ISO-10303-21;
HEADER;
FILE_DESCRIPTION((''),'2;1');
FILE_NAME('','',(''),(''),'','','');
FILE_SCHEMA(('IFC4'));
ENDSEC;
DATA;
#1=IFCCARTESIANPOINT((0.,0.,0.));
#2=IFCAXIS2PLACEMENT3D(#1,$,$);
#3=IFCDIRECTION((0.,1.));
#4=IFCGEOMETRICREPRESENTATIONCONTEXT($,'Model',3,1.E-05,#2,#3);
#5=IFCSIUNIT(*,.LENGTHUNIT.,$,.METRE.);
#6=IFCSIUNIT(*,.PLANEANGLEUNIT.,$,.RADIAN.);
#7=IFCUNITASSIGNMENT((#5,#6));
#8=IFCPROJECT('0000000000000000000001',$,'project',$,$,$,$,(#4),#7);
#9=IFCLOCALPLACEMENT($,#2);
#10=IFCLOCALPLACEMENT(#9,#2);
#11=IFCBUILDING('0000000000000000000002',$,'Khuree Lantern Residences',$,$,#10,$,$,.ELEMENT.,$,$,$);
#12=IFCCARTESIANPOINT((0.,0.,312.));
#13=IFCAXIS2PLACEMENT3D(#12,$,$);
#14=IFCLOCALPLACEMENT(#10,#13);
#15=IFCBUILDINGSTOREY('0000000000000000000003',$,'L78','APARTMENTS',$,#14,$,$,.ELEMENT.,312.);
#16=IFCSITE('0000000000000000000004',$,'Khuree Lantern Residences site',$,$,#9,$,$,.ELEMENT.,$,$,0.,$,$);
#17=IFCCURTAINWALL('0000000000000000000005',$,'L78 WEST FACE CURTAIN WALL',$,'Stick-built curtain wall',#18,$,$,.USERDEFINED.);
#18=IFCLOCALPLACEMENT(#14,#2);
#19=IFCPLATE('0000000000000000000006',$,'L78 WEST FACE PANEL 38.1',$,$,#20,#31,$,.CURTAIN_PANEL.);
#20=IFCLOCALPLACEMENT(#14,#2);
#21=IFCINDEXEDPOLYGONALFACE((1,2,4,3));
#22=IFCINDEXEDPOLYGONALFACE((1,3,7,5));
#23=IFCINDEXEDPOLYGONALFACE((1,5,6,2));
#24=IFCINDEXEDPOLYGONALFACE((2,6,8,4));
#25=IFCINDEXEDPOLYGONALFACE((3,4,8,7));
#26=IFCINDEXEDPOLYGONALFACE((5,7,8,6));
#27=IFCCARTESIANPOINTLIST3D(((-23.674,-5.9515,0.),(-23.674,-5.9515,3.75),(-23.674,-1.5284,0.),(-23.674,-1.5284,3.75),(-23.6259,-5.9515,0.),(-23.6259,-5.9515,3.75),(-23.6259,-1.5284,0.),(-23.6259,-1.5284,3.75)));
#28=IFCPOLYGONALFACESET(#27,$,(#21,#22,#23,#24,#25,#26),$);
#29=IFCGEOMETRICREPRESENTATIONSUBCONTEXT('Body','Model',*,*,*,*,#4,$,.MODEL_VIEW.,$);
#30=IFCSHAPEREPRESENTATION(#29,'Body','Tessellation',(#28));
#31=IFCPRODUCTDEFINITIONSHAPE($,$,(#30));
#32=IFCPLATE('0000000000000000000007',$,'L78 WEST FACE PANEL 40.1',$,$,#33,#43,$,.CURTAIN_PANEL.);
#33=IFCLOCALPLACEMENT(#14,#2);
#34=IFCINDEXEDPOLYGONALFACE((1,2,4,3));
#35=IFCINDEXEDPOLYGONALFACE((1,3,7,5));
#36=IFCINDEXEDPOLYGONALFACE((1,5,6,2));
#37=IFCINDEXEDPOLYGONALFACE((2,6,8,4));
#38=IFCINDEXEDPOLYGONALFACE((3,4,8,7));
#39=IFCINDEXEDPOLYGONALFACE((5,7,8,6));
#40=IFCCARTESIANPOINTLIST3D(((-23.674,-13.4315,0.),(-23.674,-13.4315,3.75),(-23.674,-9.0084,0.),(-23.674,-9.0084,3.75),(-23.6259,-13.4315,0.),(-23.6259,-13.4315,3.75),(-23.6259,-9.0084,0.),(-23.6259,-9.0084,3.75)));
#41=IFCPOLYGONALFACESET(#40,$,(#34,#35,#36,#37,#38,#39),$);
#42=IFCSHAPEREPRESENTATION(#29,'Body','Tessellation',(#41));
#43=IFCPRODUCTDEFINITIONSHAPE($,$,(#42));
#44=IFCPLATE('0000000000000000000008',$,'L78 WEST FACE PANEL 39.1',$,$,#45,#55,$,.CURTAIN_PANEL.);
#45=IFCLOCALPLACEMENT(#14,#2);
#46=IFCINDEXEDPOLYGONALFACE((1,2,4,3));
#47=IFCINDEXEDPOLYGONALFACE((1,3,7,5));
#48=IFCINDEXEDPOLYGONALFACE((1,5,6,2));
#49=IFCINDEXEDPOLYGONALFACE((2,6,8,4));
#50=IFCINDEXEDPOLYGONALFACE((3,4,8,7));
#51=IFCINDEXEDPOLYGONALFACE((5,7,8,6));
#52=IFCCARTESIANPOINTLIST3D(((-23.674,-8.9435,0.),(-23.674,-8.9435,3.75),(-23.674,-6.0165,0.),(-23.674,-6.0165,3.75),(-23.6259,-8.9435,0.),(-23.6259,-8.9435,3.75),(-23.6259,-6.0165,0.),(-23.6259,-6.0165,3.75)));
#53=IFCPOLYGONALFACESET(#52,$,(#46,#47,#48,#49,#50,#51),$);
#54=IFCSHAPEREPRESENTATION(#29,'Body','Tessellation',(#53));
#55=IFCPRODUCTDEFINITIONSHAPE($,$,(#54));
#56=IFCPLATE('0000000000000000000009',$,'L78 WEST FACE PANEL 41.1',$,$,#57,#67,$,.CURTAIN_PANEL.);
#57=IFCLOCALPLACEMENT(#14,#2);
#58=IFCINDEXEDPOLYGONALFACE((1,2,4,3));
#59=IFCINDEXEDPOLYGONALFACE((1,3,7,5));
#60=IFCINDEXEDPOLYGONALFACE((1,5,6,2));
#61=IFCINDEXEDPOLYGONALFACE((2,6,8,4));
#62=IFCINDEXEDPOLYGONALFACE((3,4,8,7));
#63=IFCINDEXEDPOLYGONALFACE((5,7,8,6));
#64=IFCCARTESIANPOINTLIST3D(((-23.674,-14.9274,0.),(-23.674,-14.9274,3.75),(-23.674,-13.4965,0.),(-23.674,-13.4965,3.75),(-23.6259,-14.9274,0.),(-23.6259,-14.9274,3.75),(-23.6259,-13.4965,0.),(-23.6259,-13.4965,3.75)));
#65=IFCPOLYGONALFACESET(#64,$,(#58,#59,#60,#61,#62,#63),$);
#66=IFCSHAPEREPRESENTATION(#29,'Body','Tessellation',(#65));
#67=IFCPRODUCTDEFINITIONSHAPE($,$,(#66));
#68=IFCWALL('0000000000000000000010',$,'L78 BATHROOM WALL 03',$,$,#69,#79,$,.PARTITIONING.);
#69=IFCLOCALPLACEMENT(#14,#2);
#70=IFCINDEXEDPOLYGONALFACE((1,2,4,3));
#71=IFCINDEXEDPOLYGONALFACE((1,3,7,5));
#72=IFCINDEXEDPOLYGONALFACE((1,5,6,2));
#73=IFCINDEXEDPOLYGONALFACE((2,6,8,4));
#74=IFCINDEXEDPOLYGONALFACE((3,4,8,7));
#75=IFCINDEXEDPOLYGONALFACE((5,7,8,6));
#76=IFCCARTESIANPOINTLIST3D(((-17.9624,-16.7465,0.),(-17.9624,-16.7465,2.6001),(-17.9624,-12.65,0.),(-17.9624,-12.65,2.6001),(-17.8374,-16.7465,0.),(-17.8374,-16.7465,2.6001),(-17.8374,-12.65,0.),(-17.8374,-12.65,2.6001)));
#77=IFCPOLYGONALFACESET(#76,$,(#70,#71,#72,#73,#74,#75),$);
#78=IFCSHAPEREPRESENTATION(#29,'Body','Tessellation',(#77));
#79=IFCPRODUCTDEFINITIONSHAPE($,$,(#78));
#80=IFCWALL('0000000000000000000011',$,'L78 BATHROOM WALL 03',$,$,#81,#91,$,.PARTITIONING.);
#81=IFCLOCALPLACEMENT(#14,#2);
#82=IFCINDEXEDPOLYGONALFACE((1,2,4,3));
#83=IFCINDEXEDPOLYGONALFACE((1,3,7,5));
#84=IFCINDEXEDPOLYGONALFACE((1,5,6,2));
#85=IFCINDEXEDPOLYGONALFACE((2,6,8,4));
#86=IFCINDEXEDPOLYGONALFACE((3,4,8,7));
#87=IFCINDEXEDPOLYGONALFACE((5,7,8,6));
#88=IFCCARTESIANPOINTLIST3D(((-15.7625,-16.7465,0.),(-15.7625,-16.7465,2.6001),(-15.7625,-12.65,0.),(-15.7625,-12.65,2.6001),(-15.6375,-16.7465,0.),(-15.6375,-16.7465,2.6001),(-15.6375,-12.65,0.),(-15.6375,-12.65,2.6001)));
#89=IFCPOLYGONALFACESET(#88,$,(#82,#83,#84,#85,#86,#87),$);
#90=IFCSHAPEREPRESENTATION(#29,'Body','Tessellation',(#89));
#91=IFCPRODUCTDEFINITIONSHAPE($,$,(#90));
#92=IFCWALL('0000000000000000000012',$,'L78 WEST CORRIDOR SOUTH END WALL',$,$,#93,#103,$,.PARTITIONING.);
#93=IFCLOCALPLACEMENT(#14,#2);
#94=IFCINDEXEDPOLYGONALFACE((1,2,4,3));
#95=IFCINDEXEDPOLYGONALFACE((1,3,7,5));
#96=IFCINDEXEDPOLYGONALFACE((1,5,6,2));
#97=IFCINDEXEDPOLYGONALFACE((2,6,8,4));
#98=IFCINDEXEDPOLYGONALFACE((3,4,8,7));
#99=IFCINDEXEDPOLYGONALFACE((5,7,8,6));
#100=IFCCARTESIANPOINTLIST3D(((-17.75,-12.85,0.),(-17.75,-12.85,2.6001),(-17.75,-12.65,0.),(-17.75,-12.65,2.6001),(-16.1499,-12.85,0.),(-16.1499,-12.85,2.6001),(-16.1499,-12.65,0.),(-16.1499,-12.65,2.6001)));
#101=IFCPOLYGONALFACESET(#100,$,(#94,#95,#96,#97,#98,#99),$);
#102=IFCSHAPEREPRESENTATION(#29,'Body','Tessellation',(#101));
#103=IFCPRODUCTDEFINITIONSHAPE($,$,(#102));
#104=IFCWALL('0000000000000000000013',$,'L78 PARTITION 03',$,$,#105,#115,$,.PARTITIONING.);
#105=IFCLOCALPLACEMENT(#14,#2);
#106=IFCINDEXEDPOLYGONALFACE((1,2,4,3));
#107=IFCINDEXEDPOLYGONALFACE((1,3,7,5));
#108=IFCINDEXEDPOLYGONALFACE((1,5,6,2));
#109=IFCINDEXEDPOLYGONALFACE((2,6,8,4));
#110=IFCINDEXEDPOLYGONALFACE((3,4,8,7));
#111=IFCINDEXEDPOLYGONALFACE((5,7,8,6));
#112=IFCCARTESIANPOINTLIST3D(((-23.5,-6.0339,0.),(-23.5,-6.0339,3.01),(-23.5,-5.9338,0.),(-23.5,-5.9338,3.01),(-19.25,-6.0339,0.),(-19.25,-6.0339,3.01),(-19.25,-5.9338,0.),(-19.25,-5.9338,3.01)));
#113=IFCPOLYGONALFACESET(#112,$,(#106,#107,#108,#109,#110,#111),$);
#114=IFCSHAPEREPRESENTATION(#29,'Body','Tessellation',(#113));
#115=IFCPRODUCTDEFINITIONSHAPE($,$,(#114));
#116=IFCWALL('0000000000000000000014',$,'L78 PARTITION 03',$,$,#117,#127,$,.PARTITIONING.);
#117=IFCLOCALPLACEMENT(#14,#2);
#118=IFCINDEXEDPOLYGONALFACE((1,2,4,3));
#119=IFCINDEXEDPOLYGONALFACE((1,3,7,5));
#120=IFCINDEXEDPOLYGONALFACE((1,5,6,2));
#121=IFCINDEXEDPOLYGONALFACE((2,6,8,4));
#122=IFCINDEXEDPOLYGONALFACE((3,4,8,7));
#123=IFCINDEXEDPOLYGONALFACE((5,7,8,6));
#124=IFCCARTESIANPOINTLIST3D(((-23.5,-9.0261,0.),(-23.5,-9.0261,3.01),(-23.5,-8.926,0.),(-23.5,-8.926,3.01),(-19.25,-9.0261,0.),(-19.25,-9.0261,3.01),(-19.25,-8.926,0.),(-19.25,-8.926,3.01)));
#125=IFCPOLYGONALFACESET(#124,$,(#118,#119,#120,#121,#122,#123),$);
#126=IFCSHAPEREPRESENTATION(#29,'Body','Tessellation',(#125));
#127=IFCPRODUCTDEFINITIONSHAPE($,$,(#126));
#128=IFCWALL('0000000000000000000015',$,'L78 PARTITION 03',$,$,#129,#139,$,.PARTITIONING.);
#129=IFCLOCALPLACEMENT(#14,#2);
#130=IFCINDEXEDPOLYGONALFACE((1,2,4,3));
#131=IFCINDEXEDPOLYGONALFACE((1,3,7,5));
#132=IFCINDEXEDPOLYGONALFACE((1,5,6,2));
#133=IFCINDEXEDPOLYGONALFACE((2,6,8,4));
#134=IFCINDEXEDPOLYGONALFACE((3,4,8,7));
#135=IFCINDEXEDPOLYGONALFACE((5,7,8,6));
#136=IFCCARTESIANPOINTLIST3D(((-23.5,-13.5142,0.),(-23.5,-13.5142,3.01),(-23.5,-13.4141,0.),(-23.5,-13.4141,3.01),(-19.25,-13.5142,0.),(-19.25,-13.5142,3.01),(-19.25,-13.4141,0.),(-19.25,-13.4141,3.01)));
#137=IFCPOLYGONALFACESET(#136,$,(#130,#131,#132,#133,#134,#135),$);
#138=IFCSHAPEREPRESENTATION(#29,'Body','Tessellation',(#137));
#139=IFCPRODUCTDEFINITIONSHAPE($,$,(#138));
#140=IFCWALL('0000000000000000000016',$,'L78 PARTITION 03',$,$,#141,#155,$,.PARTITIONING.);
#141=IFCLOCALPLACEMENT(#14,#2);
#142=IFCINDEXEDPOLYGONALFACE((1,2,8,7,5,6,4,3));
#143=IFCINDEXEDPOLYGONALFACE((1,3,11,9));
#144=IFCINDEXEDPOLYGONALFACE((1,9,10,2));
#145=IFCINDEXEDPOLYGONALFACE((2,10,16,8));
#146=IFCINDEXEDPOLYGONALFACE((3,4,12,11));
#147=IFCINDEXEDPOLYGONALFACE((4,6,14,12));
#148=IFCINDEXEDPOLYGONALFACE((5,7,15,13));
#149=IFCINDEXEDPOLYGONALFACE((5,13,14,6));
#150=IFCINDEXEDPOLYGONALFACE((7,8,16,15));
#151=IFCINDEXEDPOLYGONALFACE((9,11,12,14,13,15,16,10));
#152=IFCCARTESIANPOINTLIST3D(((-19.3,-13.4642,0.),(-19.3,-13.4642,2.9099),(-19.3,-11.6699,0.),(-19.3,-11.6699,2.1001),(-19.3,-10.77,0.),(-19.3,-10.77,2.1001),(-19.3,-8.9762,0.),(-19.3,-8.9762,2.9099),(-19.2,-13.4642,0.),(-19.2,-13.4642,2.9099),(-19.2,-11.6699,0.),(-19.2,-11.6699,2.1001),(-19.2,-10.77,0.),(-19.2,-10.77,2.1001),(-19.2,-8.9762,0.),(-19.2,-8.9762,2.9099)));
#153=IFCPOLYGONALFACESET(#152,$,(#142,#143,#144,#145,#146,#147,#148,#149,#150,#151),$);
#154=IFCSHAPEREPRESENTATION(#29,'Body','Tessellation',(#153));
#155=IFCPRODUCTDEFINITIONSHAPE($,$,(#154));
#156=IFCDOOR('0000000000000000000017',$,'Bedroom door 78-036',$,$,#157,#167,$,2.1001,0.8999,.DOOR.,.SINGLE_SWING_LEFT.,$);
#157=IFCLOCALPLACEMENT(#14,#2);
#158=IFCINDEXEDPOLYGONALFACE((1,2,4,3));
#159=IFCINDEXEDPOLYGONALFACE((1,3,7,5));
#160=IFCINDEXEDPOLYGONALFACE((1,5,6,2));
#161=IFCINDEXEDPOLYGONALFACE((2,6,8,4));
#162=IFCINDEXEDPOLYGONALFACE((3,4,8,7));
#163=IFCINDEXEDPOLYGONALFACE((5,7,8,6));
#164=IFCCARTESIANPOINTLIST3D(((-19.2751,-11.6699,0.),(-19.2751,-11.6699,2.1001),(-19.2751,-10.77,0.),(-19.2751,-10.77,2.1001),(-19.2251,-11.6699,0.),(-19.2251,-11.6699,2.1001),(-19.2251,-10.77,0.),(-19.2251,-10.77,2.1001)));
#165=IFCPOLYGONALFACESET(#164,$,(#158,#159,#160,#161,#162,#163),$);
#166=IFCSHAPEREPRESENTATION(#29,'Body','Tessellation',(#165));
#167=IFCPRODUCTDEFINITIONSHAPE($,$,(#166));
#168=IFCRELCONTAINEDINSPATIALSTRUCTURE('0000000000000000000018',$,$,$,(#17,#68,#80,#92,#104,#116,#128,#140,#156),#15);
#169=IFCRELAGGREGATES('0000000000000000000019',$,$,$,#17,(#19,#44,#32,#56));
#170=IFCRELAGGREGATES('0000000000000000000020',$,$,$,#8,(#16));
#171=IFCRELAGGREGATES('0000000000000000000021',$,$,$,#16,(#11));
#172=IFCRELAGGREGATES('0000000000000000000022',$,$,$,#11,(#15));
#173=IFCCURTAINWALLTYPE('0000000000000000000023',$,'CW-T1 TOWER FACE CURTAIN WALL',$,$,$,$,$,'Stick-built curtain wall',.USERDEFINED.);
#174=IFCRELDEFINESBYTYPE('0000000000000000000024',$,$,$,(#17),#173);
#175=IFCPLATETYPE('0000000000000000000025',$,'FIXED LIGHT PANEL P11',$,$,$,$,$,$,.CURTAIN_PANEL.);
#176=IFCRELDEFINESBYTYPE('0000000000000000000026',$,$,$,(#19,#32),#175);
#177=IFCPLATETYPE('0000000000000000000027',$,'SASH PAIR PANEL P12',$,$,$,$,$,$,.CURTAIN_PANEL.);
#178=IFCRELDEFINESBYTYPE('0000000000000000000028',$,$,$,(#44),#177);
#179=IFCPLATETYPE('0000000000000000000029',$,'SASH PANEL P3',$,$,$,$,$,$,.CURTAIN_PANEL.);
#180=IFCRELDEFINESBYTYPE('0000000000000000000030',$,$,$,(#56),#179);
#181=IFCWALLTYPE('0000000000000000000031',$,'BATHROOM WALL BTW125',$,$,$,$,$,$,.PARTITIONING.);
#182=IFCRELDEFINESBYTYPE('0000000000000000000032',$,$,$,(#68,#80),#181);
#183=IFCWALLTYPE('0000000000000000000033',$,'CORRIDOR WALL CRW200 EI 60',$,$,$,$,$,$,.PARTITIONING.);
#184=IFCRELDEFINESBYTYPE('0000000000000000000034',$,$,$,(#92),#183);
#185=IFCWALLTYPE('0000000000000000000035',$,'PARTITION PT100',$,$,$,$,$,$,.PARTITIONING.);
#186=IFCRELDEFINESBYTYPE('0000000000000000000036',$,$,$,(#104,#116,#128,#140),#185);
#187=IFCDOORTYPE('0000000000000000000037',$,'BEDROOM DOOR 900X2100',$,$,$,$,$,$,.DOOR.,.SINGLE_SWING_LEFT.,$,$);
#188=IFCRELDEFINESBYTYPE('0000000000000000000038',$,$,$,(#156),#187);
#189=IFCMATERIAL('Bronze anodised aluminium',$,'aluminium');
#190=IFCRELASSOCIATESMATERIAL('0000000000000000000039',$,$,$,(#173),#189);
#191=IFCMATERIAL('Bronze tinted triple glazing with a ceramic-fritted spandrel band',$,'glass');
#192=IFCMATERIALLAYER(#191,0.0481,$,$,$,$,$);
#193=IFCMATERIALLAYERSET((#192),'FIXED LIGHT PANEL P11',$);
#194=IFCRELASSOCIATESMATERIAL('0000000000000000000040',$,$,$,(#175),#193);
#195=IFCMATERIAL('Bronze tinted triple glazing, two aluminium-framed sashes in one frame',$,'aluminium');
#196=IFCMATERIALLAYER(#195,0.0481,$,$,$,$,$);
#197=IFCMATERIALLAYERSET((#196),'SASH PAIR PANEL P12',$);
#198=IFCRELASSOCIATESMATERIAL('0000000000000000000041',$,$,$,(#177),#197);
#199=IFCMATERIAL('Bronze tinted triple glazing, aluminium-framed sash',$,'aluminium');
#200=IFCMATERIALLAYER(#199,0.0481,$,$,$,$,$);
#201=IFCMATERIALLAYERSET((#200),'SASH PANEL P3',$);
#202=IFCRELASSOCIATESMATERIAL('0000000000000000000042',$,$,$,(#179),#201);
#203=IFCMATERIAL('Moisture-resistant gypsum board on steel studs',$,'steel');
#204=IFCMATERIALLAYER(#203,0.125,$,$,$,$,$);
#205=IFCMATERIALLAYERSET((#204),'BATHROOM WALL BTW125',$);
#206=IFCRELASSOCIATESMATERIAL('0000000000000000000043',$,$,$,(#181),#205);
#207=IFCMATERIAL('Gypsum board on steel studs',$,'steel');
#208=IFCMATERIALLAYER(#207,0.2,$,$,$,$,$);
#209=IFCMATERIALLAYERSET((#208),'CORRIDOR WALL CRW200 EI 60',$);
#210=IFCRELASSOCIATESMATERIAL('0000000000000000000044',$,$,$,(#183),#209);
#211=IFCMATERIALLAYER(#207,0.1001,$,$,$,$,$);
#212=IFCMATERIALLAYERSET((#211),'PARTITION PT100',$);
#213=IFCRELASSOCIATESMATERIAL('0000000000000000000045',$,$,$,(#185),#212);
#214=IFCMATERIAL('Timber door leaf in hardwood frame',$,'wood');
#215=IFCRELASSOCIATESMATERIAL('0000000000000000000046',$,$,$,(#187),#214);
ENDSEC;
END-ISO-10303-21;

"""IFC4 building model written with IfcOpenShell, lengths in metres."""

from ifc_helpers import new_model, si_unit, direction, frame, frame_2d, origin, origin_2d, place, context, subcontext, project, spatial, rectangle, extrude, material, layer, layer_set, type_object, element, fill, aggregate, save


model = new_model("IFC4")

# Units and contexts
model_context = context("Model", 3, precision=1e-05, world=origin(), true_north=direction((0.0, 1.0)))
body_context = subcontext(model_context, "Body", "Model", "MODEL_VIEW")
ifc_project = project(units=[si_unit("LENGTHUNIT", "METRE"), si_unit("PLANEANGLEUNIT", "RADIAN")], contexts=[model_context])

# Site, building, storey
site_placement = place(None, origin())
site = spatial("IfcSite", under=ifc_project, at=site_placement, Name="Khuree Lantern Residences site", CompositionType="ELEMENT", RefElevation=0.0)
building_placement = place(site_placement, origin())
building = spatial("IfcBuilding", under=site, at=building_placement, Name="Khuree Lantern Residences", CompositionType="ELEMENT")
storey_placement = place(building_placement, frame((0.0, 0.0, 312.0)))
storey = spatial("IfcBuildingStorey", under=building, at=storey_placement, Name="L78", Description="APARTMENTS", CompositionType="ELEMENT", Elevation=312.0)

# Curtain wall
ifc_material_1 = material(Name="Bronze anodised aluminium", Category="aluminium")
curtain_wall_type = type_object("IfcCurtainWallType", Name="CW-T1 TOWER FACE CURTAIN WALL", ElementType="Stick-built curtain wall", PredefinedType="USERDEFINED", material=ifc_material_1)
curtain_wall_placement = place(storey_placement, origin())
curtain_wall = element("IfcCurtainWall", 1, at=curtain_wall_placement, inside=storey, type_object=curtain_wall_type, Name="L78 WEST FACE CURTAIN WALL", ObjectType="Stick-built curtain wall", PredefinedType="USERDEFINED")

# Plates
ifc_material_2 = material(Name="Bronze tinted triple glazing with a ceramic-fritted spandrel band", Category="glass")
ifc_layer_1 = layer(ifc_material_2, 0.0481)
ifc_layer_set_1 = layer_set([ifc_layer_1], Name="FIXED LIGHT PANEL P11")
plate_type_1 = type_object("IfcPlateType", Name="FIXED LIGHT PANEL P11", PredefinedType="CURTAIN_PANEL", material=ifc_layer_set_1)
plate_1_placement = place(storey_placement, frame((-23.6499, -3.74, 0.0), z_axis=(0.0, 0.0, 1.0), x_axis=(0.0, -1.0, 0.0)))
plate_1 = element("IfcPlate", 2, at=plate_1_placement, type_object=plate_type_1, Name="L78 WEST FACE PANEL 38.1", PredefinedType="CURTAIN_PANEL", context=body_context, shape_type="SweptSolid", body=[
    extrude(rectangle(XDim=4.4231, YDim=0.0481, at=origin_2d()), origin(), (0.0, 0.0, 1.0), 3.75),
])
plate_2_placement = place(storey_placement, frame((-23.6499, -11.22, 0.0), z_axis=(0.0, 0.0, 1.0), x_axis=(0.0, -1.0, 0.0)))
plate_2 = element("IfcPlate", 3, at=plate_2_placement, type_object=plate_type_1, Name="L78 WEST FACE PANEL 40.1", PredefinedType="CURTAIN_PANEL", context=body_context, shape_type="SweptSolid", body=[
    extrude(rectangle(XDim=4.4231, YDim=0.0481, at=origin_2d()), origin(), (0.0, 0.0, 1.0), 3.75),
])
ifc_material_3 = material(Name="Bronze tinted triple glazing, two aluminium-framed sashes in one frame", Category="aluminium")
ifc_layer_2 = layer(ifc_material_3, 0.0481)
ifc_layer_set_2 = layer_set([ifc_layer_2], Name="SASH PAIR PANEL P12")
plate_type_2 = type_object("IfcPlateType", Name="SASH PAIR PANEL P12", PredefinedType="CURTAIN_PANEL", material=ifc_layer_set_2)
plate_3_placement = place(storey_placement, frame((-23.6499, -7.48, 0.0), z_axis=(0.0, 0.0, 1.0), x_axis=(0.0, -1.0, 0.0)))
plate_3 = element("IfcPlate", 4, at=plate_3_placement, type_object=plate_type_2, Name="L78 WEST FACE PANEL 39.1", PredefinedType="CURTAIN_PANEL", context=body_context, shape_type="SweptSolid", body=[
    extrude(rectangle(XDim=2.927, YDim=0.0481, at=origin_2d()), origin(), (0.0, 0.0, 1.0), 3.75),
])
ifc_material_4 = material(Name="Bronze tinted triple glazing, aluminium-framed sash", Category="aluminium")
ifc_layer_3 = layer(ifc_material_4, 0.0481)
ifc_layer_set_3 = layer_set([ifc_layer_3], Name="SASH PANEL P3")
plate_type_3 = type_object("IfcPlateType", Name="SASH PANEL P3", PredefinedType="CURTAIN_PANEL", material=ifc_layer_set_3)
plate_4_placement = place(storey_placement, frame((-23.6499, -14.2119, 0.0), z_axis=(0.0, 0.0, 1.0), x_axis=(0.0, -1.0, 0.0)))
plate_4 = element("IfcPlate", 5, at=plate_4_placement, type_object=plate_type_3, Name="L78 WEST FACE PANEL 41.1", PredefinedType="CURTAIN_PANEL", context=body_context, shape_type="SweptSolid", body=[
    extrude(rectangle(XDim=1.4309, YDim=0.0481, at=origin_2d()), origin(), (0.0, 0.0, 1.0), 3.75),
])
aggregate(curtain_wall, [plate_1, plate_3, plate_2, plate_4])

# Walls
ifc_material_5 = material(Name="Moisture-resistant gypsum board on steel studs", Category="steel")
ifc_layer_4 = layer(ifc_material_5, 0.125)
ifc_layer_set_4 = layer_set([ifc_layer_4], Name="BATHROOM WALL BTW125")
wall_type_1 = type_object("IfcWallType", Name="BATHROOM WALL BTW125", PredefinedType="PARTITIONING", material=ifc_layer_set_4)
for number, where, z_axis, x_axis, name in (
    (6, (-17.8999, -12.6499, 0.0), (0.0, 0.0, 1.0), (0.0, -1.0, 0.0), "L78 BATHROOM WALL 03"),
    (7, (-15.7, -12.6499, 0.0), (0.0, 0.0, 1.0), (0.0, -1.0, 0.0), "L78 BATHROOM WALL 03"),
):
    element("IfcWall", number, at=place(storey_placement, frame(where, z_axis=z_axis, x_axis=x_axis)), inside=storey, type_object=wall_type_1, Name=name, PredefinedType="PARTITIONING", context=body_context, shape_type="SweptSolid", body=[
        extrude(rectangle(XDim=4.0964, YDim=0.125, at=frame_2d((2.0483, 0.0))), origin(), (0.0, 0.0, 1.0), 2.6001),
    ])
ifc_material_6 = material(Name="Gypsum board on steel studs", Category="steel")
ifc_layer_5 = layer(ifc_material_6, 0.2)
ifc_layer_set_5 = layer_set([ifc_layer_5], Name="CORRIDOR WALL CRW200 EI 60")
wall_type_2 = type_object("IfcWallType", Name="CORRIDOR WALL CRW200 EI 60", PredefinedType="PARTITIONING", material=ifc_layer_set_5)
wall_1_placement = place(storey_placement, frame((-16.1499, -12.75, 0.0), z_axis=(0.0, 0.0, 1.0), x_axis=(-1.0, 0.0, 0.0)))
element("IfcWall", 8, at=wall_1_placement, inside=storey, type_object=wall_type_2, Name="L78 WEST CORRIDOR SOUTH END WALL", PredefinedType="PARTITIONING", context=body_context, shape_type="SweptSolid", body=[
    extrude(rectangle(XDim=1.6001, YDim=0.2, at=frame_2d((0.8, 0.0))), origin(), (0.0, 0.0, 1.0), 2.6001),
])
ifc_layer_6 = layer(ifc_material_6, 0.1001)
ifc_layer_set_6 = layer_set([ifc_layer_6], Name="PARTITION PT100")
wall_type_3 = type_object("IfcWallType", Name="PARTITION PT100", PredefinedType="PARTITIONING", material=ifc_layer_set_6)
for number, where, z_axis, x_axis, name in (
    (9, (-19.25, -5.9839, 0.0), (0.0, 0.0, 1.0), (-1.0, 0.0, 0.0), "L78 PARTITION 03"),
    (10, (-19.25, -8.9761, 0.0), (0.0, 0.0, 1.0), (-1.0, 0.0, 0.0), "L78 PARTITION 03"),
    (11, (-19.25, -13.4641, 0.0), (0.0, 0.0, 1.0), (-1.0, 0.0, 0.0), "L78 PARTITION 03"),
):
    element("IfcWall", number, at=place(storey_placement, frame(where, z_axis=z_axis, x_axis=x_axis)), inside=storey, type_object=wall_type_3, Name=name, PredefinedType="PARTITIONING", context=body_context, shape_type="SweptSolid", body=[
        extrude(rectangle(XDim=4.25, YDim=0.1001, at=frame_2d((2.125, 0.0))), origin(), (0.0, 0.0, 1.0), 3.01),
    ])

# Wall, opening, door
wall_2_placement = place(storey_placement, frame((-19.25, -8.9761, 0.0), z_axis=(0.0, 0.0, 1.0), x_axis=(0.0, -1.0, 0.0)))
wall_2 = element("IfcWall", 12, at=wall_2_placement, inside=storey, type_object=wall_type_3, Name="L78 PARTITION 03", PredefinedType="PARTITIONING", context=body_context, shape_type="SweptSolid", body=[
    extrude(rectangle(XDim=4.488, YDim=0.1001, at=frame_2d((2.2441, 0.0))), origin(), (0.0, 0.0, 1.0), 2.9099),
])
opening_placement = place(wall_2_placement, frame((1.7939, 0.0, 0.0)))
opening = element("IfcOpeningElement", 13, at=opening_placement, cuts=wall_2, PredefinedType="OPENING", context=body_context, shape_type="SweptSolid", body=[
    extrude(rectangle(XDim=0.8999, YDim=2.1001, at=frame_2d((0.45, 1.05))), frame((0.0, 0.0601, 0.0), z_axis=(0.0, -1.0, 0.0), x_axis=(1.0, 0.0, 0.0)), (0.0, 0.0, 1.0), 0.1201),
])
ifc_material_7 = material(Name="Timber door leaf in hardwood frame", Category="wood")
door_type = type_object("IfcDoorType", Name="BEDROOM DOOR 900X2100", OperationType="SINGLE_SWING_LEFT", PredefinedType="DOOR", material=ifc_material_7)
door_placement = place(opening_placement, origin())
door = element("IfcDoor", 14, at=door_placement, inside=storey, type_object=door_type, Name="Bedroom door 78-036", OperationType="SINGLE_SWING_LEFT", OverallHeight=2.1001, OverallWidth=0.8999, PredefinedType="DOOR", context=body_context, shape_type="SweptSolid", body=[
    extrude(rectangle(XDim=0.8999, YDim=2.1001, at=frame_2d((0.45, 1.05))), frame((0.0, 0.0249, 0.0), z_axis=(0.0, -1.0, 0.0), x_axis=(1.0, 0.0, 0.0)), (0.0, 0.0, 1.0), 0.05),
])
fill(opening, door)

save(model, "model.ifc")
